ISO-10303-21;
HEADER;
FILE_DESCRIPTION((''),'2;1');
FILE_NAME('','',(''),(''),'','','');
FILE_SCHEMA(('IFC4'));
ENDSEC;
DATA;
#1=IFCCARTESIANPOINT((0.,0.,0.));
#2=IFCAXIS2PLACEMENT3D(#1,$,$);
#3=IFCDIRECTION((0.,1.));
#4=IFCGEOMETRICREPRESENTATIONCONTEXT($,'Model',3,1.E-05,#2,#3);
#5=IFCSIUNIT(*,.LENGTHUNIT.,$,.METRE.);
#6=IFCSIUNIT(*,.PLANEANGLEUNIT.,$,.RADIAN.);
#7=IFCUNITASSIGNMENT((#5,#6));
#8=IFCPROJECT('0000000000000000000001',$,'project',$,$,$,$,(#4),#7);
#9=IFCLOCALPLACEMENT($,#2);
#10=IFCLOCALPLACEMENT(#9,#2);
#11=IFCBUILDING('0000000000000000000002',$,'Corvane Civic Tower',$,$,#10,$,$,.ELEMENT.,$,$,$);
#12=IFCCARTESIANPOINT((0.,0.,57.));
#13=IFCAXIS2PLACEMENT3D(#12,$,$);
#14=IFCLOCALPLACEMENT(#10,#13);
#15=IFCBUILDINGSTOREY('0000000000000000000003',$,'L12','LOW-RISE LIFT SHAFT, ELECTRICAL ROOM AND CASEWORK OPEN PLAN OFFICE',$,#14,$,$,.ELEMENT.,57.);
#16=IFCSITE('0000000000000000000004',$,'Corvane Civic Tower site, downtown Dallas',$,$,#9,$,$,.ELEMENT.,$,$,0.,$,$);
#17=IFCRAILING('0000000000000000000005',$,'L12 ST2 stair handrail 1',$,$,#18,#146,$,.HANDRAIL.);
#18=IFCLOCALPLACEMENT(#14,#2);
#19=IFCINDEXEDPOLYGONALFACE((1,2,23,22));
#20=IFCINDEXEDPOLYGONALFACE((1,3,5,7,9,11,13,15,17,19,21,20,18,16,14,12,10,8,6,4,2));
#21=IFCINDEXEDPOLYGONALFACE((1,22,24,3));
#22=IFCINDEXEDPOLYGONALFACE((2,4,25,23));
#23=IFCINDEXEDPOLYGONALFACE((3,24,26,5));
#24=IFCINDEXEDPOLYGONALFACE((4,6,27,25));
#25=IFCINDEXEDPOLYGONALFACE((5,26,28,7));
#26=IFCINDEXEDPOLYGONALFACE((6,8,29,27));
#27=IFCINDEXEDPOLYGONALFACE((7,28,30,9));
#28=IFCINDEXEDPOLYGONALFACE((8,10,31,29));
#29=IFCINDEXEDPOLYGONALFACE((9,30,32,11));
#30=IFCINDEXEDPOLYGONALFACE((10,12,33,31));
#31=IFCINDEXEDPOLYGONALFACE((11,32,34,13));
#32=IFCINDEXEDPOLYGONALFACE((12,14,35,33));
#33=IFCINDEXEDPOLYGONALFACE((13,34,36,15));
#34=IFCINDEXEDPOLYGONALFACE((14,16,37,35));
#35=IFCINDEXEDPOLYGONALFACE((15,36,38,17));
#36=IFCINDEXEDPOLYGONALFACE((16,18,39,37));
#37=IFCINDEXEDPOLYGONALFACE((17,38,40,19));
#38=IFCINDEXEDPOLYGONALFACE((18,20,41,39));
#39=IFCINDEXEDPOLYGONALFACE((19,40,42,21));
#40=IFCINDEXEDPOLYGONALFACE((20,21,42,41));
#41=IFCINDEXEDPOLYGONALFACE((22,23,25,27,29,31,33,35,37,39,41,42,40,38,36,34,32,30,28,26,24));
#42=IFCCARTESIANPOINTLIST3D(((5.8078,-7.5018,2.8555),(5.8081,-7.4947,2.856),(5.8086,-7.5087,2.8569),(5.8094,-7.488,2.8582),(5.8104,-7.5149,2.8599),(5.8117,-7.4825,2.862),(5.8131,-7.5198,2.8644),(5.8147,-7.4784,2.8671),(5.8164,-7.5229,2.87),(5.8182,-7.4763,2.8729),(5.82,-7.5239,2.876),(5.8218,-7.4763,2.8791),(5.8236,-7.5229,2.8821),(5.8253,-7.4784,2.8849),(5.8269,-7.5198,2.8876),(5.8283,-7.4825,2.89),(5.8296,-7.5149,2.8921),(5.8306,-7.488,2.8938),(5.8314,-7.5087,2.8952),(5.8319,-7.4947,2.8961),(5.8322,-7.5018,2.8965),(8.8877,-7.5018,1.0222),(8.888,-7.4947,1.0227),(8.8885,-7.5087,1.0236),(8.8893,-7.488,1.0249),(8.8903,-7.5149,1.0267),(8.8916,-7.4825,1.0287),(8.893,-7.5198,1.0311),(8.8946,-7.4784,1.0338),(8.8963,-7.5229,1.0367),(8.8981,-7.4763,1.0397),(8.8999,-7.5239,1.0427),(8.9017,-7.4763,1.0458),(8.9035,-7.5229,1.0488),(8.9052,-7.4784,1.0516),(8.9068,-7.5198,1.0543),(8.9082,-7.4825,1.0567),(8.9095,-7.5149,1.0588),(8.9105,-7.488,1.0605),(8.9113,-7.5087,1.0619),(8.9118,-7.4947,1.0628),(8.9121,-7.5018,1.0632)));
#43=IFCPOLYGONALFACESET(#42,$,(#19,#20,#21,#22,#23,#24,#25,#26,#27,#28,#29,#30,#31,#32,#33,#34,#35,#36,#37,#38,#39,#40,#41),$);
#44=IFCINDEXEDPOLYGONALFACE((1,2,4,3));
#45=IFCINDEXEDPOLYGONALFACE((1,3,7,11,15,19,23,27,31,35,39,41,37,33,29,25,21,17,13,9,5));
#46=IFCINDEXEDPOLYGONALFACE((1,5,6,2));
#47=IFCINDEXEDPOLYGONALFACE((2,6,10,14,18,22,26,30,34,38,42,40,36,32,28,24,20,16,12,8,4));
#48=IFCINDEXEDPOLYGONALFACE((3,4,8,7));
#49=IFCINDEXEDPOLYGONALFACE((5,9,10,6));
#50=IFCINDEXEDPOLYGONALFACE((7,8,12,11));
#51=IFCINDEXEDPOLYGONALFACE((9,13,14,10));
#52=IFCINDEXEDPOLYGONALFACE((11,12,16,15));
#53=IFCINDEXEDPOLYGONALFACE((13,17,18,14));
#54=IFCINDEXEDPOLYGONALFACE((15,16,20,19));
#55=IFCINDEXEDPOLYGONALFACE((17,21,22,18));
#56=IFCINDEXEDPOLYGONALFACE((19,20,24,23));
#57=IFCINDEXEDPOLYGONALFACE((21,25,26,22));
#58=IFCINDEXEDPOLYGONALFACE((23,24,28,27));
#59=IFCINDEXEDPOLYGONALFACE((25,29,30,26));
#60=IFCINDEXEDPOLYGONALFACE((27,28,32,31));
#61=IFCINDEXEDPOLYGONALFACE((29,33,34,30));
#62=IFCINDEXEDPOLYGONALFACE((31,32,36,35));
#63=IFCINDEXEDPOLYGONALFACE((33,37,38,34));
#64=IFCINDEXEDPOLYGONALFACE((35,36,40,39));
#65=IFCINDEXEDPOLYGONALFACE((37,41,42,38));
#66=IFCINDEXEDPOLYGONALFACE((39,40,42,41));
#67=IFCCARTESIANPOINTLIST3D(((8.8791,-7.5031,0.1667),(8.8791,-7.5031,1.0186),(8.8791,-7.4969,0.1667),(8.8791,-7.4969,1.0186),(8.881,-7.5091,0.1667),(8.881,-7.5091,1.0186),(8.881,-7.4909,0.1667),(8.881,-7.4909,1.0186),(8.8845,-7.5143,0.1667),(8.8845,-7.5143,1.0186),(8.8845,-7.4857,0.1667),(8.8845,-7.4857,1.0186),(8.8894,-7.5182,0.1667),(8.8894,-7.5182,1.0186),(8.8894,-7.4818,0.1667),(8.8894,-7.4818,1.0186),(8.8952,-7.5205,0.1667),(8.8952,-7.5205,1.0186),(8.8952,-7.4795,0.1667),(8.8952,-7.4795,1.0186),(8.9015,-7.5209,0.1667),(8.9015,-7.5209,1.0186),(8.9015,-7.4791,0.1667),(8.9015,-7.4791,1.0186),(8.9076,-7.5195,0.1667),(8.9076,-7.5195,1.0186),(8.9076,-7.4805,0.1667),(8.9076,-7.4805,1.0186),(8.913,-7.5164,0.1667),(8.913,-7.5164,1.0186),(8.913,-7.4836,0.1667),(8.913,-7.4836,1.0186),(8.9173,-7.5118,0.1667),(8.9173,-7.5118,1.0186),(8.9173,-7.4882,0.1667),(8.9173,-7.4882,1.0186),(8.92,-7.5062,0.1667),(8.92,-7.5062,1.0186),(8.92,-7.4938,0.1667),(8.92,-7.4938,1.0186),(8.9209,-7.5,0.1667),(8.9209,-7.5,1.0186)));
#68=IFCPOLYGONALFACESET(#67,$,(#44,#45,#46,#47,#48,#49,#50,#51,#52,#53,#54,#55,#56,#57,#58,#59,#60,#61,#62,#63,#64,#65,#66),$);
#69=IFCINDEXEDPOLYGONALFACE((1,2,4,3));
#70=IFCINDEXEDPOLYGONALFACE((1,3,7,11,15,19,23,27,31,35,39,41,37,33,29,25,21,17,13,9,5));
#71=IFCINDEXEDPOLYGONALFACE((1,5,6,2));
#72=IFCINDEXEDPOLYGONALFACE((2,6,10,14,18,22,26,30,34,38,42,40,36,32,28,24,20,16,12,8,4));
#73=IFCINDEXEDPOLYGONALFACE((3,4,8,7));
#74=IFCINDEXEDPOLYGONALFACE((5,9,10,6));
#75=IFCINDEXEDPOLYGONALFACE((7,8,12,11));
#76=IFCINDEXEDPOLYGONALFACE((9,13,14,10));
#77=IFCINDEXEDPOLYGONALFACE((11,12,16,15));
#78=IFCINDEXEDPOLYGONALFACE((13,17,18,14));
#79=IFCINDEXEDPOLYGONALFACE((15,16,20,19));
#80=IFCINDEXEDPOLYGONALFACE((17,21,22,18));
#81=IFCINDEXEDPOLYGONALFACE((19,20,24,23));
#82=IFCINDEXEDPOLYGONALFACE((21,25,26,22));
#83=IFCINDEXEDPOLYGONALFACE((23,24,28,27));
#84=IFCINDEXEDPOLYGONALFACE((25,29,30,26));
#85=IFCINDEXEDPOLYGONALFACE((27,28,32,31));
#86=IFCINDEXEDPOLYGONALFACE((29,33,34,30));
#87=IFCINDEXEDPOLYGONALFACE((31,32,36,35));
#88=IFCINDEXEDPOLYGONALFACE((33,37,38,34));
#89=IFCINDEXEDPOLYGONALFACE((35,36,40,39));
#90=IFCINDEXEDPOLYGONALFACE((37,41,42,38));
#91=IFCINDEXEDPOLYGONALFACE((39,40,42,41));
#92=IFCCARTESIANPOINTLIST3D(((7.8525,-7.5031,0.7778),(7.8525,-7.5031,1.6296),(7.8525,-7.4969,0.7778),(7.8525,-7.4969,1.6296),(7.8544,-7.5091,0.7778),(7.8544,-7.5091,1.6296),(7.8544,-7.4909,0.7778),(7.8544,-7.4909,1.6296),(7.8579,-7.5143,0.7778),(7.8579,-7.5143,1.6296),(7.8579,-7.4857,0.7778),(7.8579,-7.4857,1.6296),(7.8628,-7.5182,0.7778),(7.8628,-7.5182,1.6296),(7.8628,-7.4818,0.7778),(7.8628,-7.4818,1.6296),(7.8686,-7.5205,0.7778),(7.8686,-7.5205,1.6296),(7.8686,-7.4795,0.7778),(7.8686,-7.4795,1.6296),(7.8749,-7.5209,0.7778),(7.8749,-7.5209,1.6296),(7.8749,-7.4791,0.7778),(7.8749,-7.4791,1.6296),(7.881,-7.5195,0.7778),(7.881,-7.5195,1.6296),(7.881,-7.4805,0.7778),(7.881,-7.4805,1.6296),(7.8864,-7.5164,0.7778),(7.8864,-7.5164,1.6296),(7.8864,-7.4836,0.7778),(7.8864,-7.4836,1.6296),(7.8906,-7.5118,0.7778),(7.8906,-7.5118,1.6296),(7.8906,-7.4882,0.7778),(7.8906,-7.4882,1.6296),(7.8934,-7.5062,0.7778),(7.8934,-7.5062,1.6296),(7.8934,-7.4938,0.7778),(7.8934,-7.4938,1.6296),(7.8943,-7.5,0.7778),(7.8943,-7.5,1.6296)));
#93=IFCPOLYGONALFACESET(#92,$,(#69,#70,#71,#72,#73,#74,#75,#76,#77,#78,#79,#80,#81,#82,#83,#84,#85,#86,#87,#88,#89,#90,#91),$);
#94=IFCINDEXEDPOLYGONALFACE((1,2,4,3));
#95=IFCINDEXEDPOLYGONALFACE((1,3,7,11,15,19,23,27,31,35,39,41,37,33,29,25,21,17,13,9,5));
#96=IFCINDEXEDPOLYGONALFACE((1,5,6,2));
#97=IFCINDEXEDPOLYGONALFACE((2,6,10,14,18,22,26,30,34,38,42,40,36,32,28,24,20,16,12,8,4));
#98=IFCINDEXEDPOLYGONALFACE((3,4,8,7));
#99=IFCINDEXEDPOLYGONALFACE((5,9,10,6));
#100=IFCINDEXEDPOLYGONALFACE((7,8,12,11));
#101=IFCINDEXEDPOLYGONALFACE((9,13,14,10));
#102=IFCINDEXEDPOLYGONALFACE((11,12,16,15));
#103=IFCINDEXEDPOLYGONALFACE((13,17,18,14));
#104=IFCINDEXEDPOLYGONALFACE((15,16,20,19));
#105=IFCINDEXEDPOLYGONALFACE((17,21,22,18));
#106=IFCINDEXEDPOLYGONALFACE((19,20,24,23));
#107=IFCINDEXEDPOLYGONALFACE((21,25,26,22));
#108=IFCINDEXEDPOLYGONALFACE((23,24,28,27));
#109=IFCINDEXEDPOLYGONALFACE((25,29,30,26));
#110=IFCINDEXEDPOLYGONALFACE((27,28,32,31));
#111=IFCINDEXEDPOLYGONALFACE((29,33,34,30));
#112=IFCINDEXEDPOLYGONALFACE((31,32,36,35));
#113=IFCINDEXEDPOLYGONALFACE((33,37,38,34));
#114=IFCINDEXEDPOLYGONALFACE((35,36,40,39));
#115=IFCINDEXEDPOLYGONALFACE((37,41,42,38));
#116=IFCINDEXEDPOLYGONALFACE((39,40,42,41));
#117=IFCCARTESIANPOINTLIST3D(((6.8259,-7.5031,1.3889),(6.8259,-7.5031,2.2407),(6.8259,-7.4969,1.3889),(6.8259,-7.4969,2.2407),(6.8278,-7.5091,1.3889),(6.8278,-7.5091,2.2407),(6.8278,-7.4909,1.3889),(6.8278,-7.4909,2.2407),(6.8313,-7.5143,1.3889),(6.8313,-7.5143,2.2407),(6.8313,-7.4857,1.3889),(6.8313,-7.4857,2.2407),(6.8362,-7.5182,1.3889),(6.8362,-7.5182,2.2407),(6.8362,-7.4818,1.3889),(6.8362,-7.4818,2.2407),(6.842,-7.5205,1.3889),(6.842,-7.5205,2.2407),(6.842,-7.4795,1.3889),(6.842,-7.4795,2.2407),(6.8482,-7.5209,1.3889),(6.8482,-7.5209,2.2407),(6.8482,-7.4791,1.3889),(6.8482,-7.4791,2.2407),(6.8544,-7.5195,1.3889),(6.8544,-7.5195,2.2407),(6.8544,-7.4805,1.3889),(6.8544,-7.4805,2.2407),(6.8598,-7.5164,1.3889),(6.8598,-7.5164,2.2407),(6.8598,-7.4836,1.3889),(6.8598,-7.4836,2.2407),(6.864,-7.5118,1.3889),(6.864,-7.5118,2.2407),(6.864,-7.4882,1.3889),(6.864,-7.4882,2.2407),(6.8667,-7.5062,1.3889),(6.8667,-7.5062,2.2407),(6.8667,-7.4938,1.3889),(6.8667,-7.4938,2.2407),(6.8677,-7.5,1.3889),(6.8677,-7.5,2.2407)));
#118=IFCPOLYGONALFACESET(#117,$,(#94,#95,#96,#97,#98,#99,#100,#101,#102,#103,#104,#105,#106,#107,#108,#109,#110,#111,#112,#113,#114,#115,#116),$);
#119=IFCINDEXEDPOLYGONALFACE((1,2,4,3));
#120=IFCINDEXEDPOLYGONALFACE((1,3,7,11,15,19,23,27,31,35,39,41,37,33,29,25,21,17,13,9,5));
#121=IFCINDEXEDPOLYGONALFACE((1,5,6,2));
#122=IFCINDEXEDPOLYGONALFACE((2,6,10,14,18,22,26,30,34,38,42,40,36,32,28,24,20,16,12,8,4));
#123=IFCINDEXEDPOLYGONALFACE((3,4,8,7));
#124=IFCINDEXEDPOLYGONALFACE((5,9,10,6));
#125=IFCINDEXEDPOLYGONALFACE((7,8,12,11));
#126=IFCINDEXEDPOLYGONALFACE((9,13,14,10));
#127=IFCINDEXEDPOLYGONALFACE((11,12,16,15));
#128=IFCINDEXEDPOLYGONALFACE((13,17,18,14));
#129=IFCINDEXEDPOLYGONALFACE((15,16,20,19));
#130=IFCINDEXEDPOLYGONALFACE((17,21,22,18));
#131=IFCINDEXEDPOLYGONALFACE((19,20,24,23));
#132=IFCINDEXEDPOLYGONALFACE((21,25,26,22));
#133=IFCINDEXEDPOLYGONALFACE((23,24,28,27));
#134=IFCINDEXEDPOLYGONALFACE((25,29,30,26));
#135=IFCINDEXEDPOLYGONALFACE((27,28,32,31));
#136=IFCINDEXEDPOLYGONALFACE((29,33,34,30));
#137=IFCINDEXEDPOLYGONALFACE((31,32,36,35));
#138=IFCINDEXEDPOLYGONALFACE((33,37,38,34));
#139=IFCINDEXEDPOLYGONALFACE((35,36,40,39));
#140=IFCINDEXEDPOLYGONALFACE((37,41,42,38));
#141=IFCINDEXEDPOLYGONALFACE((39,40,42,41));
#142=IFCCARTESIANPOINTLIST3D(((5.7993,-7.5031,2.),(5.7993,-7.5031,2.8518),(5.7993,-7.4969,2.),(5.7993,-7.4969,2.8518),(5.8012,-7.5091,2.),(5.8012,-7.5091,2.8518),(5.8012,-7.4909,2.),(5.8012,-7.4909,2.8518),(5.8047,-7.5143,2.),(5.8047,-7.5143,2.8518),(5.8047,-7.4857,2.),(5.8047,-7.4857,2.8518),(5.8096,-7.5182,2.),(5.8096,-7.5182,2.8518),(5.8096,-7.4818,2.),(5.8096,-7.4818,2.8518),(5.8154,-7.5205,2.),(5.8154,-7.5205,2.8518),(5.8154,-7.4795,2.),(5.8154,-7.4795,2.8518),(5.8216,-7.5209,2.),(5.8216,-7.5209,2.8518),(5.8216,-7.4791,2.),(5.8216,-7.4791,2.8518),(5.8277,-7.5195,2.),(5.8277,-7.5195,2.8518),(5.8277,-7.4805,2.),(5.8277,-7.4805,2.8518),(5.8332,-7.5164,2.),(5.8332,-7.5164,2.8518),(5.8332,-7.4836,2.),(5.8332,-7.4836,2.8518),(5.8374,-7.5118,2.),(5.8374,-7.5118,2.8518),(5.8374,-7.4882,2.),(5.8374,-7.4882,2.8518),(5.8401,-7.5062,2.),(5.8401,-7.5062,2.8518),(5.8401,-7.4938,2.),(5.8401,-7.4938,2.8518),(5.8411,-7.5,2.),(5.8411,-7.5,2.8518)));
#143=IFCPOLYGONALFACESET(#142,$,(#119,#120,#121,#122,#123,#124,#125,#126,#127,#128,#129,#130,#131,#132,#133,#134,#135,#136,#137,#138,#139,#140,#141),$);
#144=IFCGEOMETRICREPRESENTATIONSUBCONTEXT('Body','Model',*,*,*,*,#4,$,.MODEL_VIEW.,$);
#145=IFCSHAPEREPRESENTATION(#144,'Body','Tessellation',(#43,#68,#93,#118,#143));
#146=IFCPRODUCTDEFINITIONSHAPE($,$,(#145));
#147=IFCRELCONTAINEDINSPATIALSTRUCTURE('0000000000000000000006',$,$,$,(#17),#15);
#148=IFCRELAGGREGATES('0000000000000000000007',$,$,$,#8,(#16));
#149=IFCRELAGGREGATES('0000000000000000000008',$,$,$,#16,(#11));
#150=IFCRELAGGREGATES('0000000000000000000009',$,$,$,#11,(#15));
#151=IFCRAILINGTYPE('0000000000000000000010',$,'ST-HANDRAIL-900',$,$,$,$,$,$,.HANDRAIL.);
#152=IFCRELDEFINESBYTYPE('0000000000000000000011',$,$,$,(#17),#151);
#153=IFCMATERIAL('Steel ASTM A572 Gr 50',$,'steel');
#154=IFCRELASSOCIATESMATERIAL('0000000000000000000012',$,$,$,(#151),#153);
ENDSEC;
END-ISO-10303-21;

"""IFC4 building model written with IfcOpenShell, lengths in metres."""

from ifc_helpers import new_model, si_unit, direction, frame, origin, origin_2d, place, context, subcontext, project, spatial, circle, extrude, material, type_object, element, save


model = new_model("IFC4")

# Units and contexts
model_context = context("Model", 3, precision=1e-05, world=origin(), true_north=direction((0.0, 1.0)))
body_context = subcontext(model_context, "Body", "Model", "MODEL_VIEW")
ifc_project = project(units=[si_unit("LENGTHUNIT", "METRE"), si_unit("PLANEANGLEUNIT", "RADIAN")], contexts=[model_context])

# Site, building, storey
site_placement = place(None, origin())
site = spatial("IfcSite", under=ifc_project, at=site_placement, Name="Corvane Civic Tower site, downtown Dallas", CompositionType="ELEMENT", RefElevation=0.0)
building_placement = place(site_placement, origin())
building = spatial("IfcBuilding", under=site, at=building_placement, Name="Corvane Civic Tower", CompositionType="ELEMENT")
storey_placement = place(building_placement, frame((0.0, 0.0, 57.0)))
storey = spatial("IfcBuildingStorey", under=building, at=storey_placement, Name="L12", Description="LOW-RISE LIFT SHAFT, ELECTRICAL ROOM AND CASEWORK OPEN PLAN OFFICE", CompositionType="ELEMENT", Elevation=57.0)

# Railing
ifc_material_1 = material(Name="Steel ASTM A572 Gr 50", Category="steel")
railing_type_1 = type_object("IfcRailingType", Name="ST-HANDRAIL-900", PredefinedType="HANDRAIL", material=ifc_material_1)
railing_1_placement = place(storey_placement, frame((8.8999, -7.5, 0.1667)))
element("IfcRailing", 1, at=railing_1_placement, inside=storey, type_object=railing_type_1, Name="L12 ST2 stair handrail 1", PredefinedType="HANDRAIL", context=body_context, shape_type="SweptSolid", body=[
    extrude(circle(Radius=0.0239, at=origin_2d()), frame((0.0, 0.0, 0.876), z_axis=(-0.859291, 0.0, 0.511487), x_axis=(0.0, -1.0, 0.0)), (0.0, 0.0, 1.0), 3.5842),
    extrude(circle(Radius=0.021, at=origin_2d()), origin(), (0.0, 0.0, 1.0), 0.8518),
    extrude(circle(Radius=0.021, at=origin_2d()), frame((-1.0266, 0.0, 0.6111)), (0.0, 0.0, 1.0), 0.8518),
    extrude(circle(Radius=0.021, at=origin_2d()), frame((-2.0532, 0.0, 1.2222)), (0.0, 0.0, 1.0), 0.8518),
    extrude(circle(Radius=0.021, at=origin_2d()), frame((-3.0798, 0.0, 1.8333)), (0.0, 0.0, 1.0), 0.8518),
])

save(model, "model.ifc")
